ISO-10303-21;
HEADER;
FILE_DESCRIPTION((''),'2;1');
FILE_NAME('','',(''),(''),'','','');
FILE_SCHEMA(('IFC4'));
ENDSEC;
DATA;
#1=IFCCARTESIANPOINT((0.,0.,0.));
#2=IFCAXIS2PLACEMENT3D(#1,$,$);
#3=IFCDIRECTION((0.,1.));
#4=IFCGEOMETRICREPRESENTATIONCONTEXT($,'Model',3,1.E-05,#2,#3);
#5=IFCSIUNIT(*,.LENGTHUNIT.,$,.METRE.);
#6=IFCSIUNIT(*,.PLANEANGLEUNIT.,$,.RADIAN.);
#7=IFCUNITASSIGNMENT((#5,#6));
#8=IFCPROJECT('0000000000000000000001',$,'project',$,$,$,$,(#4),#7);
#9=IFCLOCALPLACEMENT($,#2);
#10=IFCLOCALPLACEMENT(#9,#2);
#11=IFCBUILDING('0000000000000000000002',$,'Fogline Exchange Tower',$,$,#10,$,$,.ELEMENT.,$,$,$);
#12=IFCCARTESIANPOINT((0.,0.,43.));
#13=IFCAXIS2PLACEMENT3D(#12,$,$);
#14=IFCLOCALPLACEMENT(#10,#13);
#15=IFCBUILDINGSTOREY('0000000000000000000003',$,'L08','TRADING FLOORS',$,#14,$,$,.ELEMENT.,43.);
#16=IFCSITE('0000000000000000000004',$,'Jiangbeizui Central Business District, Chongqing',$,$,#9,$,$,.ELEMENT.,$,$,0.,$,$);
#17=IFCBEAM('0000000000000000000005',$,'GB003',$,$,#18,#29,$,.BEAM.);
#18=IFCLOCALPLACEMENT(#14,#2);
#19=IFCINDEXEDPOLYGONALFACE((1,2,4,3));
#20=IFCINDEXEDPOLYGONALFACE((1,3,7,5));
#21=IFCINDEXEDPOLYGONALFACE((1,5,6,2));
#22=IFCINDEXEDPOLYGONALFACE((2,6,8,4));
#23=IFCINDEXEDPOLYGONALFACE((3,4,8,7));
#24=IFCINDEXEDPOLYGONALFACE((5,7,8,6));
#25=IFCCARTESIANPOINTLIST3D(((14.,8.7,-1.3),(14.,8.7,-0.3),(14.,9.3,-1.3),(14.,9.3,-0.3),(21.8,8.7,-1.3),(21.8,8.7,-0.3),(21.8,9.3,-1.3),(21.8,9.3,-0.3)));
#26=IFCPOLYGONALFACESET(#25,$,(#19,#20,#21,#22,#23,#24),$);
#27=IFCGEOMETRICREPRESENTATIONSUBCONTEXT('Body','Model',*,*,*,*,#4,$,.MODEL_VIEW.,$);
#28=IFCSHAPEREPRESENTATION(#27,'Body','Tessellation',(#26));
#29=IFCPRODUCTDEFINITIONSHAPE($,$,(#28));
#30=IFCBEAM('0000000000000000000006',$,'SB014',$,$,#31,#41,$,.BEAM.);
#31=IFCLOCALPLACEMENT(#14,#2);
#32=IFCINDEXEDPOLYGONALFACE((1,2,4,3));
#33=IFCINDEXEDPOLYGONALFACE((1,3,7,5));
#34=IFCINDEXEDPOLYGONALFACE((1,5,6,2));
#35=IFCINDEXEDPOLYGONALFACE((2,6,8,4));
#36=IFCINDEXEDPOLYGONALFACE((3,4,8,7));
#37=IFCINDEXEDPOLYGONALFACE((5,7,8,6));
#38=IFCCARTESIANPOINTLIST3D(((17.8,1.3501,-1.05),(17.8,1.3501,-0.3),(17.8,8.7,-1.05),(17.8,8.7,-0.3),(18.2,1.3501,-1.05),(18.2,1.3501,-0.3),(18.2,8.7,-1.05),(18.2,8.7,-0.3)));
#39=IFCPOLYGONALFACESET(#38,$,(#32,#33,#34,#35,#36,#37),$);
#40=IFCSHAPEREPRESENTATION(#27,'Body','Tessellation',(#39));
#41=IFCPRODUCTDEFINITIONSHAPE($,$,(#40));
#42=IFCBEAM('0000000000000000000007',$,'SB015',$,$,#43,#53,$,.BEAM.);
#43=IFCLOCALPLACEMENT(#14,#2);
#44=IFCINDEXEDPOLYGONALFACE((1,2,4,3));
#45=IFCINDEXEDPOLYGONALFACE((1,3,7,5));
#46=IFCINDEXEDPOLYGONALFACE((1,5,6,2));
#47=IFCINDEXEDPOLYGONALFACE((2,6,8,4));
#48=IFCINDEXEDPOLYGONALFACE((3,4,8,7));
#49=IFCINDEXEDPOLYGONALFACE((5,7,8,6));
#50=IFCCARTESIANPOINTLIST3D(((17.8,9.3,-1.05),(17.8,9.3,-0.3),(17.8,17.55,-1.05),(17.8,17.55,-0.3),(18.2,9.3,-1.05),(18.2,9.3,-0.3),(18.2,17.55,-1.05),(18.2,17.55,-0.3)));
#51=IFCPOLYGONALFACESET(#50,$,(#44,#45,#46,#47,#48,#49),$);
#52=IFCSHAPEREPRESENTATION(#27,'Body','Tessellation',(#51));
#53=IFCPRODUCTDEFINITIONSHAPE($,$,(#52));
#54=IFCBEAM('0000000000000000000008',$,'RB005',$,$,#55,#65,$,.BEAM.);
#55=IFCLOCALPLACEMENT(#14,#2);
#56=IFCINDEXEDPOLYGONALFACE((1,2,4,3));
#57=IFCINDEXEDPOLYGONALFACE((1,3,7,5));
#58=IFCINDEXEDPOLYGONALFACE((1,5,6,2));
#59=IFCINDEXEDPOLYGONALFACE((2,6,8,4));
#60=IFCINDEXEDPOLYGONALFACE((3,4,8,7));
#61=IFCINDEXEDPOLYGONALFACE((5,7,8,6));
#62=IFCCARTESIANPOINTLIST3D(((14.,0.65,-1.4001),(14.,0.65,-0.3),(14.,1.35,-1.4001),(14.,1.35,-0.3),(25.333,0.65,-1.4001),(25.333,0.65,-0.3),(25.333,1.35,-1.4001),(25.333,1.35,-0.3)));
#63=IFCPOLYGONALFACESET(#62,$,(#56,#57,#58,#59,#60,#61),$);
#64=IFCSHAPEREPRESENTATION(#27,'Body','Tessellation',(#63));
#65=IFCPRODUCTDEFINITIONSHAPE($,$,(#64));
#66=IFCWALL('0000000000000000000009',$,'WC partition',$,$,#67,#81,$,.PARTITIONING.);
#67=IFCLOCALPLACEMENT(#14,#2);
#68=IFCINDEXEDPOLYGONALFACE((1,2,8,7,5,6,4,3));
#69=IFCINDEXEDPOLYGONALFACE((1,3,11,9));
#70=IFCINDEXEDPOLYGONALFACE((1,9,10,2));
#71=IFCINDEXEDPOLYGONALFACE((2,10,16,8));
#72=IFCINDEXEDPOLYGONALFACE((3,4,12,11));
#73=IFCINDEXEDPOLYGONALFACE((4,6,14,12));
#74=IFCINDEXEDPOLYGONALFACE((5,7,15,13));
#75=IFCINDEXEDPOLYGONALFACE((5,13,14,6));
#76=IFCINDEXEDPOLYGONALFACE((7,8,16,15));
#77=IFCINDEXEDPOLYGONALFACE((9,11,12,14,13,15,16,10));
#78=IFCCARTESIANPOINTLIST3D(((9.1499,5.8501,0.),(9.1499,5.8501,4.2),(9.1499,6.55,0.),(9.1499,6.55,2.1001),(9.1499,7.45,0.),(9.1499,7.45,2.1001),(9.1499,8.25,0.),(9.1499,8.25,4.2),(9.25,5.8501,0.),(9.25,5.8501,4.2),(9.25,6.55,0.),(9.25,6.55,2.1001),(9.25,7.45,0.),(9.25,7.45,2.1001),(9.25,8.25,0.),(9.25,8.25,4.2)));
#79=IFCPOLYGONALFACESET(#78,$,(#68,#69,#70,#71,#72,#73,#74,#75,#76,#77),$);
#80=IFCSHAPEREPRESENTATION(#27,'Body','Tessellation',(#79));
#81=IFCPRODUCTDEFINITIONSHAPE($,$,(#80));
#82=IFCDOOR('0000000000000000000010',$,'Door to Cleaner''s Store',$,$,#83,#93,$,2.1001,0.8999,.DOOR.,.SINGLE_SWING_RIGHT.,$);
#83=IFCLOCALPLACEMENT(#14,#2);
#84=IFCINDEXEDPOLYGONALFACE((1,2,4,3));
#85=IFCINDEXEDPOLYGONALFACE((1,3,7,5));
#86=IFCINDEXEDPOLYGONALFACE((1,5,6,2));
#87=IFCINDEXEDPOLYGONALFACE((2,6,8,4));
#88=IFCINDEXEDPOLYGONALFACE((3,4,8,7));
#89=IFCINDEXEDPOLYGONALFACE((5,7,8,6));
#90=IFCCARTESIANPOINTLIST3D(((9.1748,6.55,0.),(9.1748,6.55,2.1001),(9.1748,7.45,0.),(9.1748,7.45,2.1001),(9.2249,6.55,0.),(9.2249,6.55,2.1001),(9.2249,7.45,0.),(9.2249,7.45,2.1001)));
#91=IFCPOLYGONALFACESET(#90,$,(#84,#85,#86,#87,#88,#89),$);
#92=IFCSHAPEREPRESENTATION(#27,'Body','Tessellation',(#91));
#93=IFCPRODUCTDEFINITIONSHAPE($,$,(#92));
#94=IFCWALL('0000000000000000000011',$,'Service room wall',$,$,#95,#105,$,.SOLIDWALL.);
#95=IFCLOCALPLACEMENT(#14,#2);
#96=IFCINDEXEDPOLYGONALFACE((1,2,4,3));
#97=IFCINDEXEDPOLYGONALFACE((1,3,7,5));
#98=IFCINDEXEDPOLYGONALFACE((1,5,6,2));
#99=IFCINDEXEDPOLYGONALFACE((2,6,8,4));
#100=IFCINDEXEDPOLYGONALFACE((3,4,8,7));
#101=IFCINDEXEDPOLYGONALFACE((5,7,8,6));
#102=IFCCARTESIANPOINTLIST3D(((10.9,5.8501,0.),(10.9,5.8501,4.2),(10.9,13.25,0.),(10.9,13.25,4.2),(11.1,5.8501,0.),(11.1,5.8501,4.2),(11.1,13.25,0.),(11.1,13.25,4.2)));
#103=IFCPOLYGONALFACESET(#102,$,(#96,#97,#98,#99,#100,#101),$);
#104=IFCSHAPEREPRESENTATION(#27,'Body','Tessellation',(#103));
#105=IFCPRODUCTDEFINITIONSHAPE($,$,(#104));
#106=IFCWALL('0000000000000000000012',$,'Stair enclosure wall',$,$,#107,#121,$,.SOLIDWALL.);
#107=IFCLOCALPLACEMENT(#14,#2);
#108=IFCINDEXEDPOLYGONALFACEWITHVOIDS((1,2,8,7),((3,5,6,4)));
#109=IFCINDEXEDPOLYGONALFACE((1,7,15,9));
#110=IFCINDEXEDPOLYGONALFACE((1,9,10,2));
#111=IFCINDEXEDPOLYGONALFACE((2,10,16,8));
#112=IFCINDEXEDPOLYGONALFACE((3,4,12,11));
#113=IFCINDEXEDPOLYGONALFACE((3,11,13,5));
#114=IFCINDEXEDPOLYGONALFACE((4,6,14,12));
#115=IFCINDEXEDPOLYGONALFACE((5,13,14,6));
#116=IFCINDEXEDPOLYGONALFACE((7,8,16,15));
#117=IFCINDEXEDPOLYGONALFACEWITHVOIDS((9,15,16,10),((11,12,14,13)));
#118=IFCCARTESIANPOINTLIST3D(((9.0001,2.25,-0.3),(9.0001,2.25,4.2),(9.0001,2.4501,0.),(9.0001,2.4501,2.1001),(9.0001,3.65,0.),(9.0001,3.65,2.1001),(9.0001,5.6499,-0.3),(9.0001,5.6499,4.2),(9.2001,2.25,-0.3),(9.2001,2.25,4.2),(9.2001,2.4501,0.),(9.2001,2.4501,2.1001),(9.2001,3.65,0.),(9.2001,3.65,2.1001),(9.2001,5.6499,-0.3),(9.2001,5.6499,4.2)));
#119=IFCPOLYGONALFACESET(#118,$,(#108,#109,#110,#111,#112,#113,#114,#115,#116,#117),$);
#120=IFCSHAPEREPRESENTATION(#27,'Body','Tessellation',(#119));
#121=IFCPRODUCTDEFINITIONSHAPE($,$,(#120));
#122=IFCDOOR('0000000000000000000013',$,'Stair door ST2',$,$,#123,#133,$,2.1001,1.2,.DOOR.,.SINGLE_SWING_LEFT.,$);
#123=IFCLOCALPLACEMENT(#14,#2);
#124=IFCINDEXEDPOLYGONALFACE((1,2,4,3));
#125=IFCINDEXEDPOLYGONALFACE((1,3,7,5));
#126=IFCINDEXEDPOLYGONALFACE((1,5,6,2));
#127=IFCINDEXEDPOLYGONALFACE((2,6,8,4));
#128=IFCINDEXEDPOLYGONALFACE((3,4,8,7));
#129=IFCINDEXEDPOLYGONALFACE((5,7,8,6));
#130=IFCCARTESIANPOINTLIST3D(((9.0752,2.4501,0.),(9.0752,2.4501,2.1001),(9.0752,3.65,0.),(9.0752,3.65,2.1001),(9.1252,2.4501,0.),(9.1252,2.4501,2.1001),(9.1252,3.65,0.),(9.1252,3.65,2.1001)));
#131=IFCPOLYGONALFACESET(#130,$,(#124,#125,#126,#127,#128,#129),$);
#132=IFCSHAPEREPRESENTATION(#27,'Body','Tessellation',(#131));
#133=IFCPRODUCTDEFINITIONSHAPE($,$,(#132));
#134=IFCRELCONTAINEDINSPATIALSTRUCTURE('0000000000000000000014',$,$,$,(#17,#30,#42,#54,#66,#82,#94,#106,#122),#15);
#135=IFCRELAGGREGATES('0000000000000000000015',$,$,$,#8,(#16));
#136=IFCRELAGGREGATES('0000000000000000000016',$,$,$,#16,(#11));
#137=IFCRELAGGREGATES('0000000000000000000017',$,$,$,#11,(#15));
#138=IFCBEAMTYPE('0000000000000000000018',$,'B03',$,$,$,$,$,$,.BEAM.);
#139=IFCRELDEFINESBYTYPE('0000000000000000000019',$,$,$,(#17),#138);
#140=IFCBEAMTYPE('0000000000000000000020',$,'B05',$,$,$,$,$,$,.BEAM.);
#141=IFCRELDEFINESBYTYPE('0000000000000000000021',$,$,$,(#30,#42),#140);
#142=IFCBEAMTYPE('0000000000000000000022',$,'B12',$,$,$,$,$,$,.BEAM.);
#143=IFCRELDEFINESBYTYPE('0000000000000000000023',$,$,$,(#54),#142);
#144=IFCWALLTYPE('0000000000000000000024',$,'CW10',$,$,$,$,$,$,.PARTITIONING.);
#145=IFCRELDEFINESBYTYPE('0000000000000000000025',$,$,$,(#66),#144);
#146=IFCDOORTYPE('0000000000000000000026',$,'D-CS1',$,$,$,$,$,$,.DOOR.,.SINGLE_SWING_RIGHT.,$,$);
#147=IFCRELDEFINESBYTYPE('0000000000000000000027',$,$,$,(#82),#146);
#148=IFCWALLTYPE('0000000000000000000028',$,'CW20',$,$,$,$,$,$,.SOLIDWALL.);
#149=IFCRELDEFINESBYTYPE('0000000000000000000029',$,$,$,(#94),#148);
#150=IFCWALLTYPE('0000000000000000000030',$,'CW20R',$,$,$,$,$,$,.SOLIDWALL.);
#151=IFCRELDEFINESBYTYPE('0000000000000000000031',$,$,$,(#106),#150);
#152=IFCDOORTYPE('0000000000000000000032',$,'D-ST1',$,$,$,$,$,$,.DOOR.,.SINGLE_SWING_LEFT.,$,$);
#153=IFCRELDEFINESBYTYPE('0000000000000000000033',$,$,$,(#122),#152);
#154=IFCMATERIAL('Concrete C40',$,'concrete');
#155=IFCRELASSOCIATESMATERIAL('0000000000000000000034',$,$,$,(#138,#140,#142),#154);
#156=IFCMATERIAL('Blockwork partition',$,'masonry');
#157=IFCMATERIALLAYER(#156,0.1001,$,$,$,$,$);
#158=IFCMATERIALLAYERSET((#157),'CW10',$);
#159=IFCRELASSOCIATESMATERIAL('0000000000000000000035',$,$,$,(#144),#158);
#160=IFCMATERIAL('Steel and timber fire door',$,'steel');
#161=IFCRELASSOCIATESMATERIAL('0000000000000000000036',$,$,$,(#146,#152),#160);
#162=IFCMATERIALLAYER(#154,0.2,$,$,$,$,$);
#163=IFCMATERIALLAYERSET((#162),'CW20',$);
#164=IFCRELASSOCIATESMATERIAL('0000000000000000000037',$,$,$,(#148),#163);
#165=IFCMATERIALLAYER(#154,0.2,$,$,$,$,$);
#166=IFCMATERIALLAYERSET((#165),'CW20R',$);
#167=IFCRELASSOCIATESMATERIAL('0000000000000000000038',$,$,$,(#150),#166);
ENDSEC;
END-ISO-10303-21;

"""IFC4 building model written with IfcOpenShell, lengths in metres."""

from ifc_helpers import new_model, si_unit, direction, frame, frame_2d, origin, origin_2d, place, context, subcontext, project, spatial, rectangle, extrude, material, layer, layer_set, material_profile, profile_set, type_object, element, fill, save


model = new_model("IFC4")

# Units and contexts
model_context = context("Model", 3, precision=1e-05, world=origin(), true_north=direction((0.0, 1.0)))
body_context = subcontext(model_context, "Body", "Model", "MODEL_VIEW")
ifc_project = project(units=[si_unit("LENGTHUNIT", "METRE"), si_unit("PLANEANGLEUNIT", "RADIAN")], contexts=[model_context])

# Site, building, storey
site_placement = place(None, origin())
site = spatial("IfcSite", under=ifc_project, at=site_placement, Name="Jiangbeizui Central Business District, Chongqing", CompositionType="ELEMENT", RefElevation=0.0)
building_placement = place(site_placement, origin())
building = spatial("IfcBuilding", under=site, at=building_placement, Name="Fogline Exchange Tower", CompositionType="ELEMENT")
storey_placement = place(building_placement, frame((0.0, 0.0, 43.0)))
storey = spatial("IfcBuildingStorey", under=building, at=storey_placement, Name="L08", Description="TRADING FLOORS", CompositionType="ELEMENT", Elevation=43.0)

# Beams
ifc_material_1 = material(Name="Concrete C40", Category="concrete")
ifc_material_profile_1 = material_profile(ifc_material_1, rectangle(XDim=0.6001, YDim=1.0, at=origin_2d()), Name="RC 600x1000")
ifc_profile_set_1 = profile_set([ifc_material_profile_1], Name="Concrete C40")
beam_type_1 = type_object("IfcBeamType", Name="B03", PredefinedType="BEAM", material=ifc_profile_set_1)
beam_1_placement = place(storey_placement, frame((14.0, 9.0, -0.8), z_axis=(1.0, 0.0, 0.0), x_axis=(0.0, 1.0, 0.0)))
element("IfcBeam", 1, at=beam_1_placement, inside=storey, type_object=beam_type_1, Name="GB003", PredefinedType="BEAM", context=body_context, shape_type="SweptSolid", body=[
    extrude(rectangle(XDim=0.6001, YDim=1.0, at=origin_2d()), origin(), (0.0, 0.0, 1.0), 7.8),
])
ifc_material_profile_2 = material_profile(ifc_material_1, rectangle(XDim=0.3999, YDim=0.75, at=origin_2d()), Name="RC 400x750")
ifc_profile_set_2 = profile_set([ifc_material_profile_2], Name="Concrete C40")
beam_type_2 = type_object("IfcBeamType", Name="B05", PredefinedType="BEAM", material=ifc_profile_set_2)
beam_2_placement = place(storey_placement, frame((18.0, 1.3501, -0.675), z_axis=(0.0, 1.0, 0.0), x_axis=(-1.0, 0.0, 0.0)))
element("IfcBeam", 2, at=beam_2_placement, inside=storey, type_object=beam_type_2, Name="SB014", PredefinedType="BEAM", context=body_context, shape_type="SweptSolid", body=[
    extrude(rectangle(XDim=0.3999, YDim=0.75, at=origin_2d()), origin(), (0.0, 0.0, 1.0), 7.3499),
])
beam_3_placement = place(storey_placement, frame((18.0, 9.3, -0.675), z_axis=(0.0, 1.0, 0.0), x_axis=(-1.0, 0.0, 0.0)))
element("IfcBeam", 3, at=beam_3_placement, inside=storey, type_object=beam_type_2, Name="SB015", PredefinedType="BEAM", context=body_context, shape_type="SweptSolid", body=[
    extrude(rectangle(XDim=0.3999, YDim=0.75, at=origin_2d()), origin(), (0.0, 0.0, 1.0), 8.25),
])
ifc_material_profile_3 = material_profile(ifc_material_1, rectangle(XDim=0.7, YDim=1.1001, at=origin_2d()), Name="RC 700x1100")
ifc_profile_set_3 = profile_set([ifc_material_profile_3], Name="Concrete C40")
beam_type_3 = type_object("IfcBeamType", Name="B12", PredefinedType="BEAM", material=ifc_profile_set_3)
beam_4_placement = place(storey_placement, frame((14.0, 1.0, -0.8501), z_axis=(1.0, 0.0, 0.0), x_axis=(0.0, 1.0, 0.0)))
element("IfcBeam", 4, at=beam_4_placement, inside=storey, type_object=beam_type_3, Name="RB005", PredefinedType="BEAM", context=body_context, shape_type="SweptSolid", body=[
    extrude(rectangle(XDim=0.7, YDim=1.1001, at=origin_2d()), origin(), (0.0, 0.0, 1.0), 11.333),
])

# Wall, opening, door
ifc_material_2 = material(Name="Blockwork partition", Category="masonry")
ifc_layer_1 = layer(ifc_material_2, 0.1001)
ifc_layer_set_1 = layer_set([ifc_layer_1], Name="CW10")
wall_type_1 = type_object("IfcWallType", Name="CW10", PredefinedType="PARTITIONING", material=ifc_layer_set_1)
wall_1_placement = place(storey_placement, frame((9.2, 5.8501, 0.0), z_axis=(0.0, 0.0, 1.0), x_axis=(0.0, 1.0, 0.0)))
wall_1 = element("IfcWall", 5, at=wall_1_placement, inside=storey, type_object=wall_type_1, Name="WC partition", PredefinedType="PARTITIONING", context=body_context, shape_type="SweptSolid", body=[
    extrude(rectangle(XDim=2.3999, YDim=0.1001, at=frame_2d((1.2, 0.0))), origin(), (0.0, 0.0, 1.0), 4.2),
])
opening_1_placement = place(wall_1_placement, frame((0.7, 0.0, 0.0)))
opening_1 = element("IfcOpeningElement", 6, at=opening_1_placement, cuts=wall_1, PredefinedType="OPENING", context=body_context, shape_type="SweptSolid", body=[
    extrude(rectangle(XDim=0.8999, YDim=2.1001, at=frame_2d((0.45, 1.05))), frame((0.0, 0.0601, 0.0), z_axis=(0.0, -1.0, 0.0), x_axis=(1.0, 0.0, 0.0)), (0.0, 0.0, 1.0), 0.1201),
])
ifc_material_3 = material(Name="Steel and timber fire door", Category="steel")
door_type_1 = type_object("IfcDoorType", Name="D-CS1", OperationType="SINGLE_SWING_RIGHT", PredefinedType="DOOR", material=ifc_material_3)
door_1_placement = place(opening_1_placement, frame((0.8999, 0.0, 0.0), z_axis=(0.0, 0.0, 1.0), x_axis=(-1.0, 0.0, 0.0)))
door_1 = element("IfcDoor", 7, at=door_1_placement, inside=storey, type_object=door_type_1, Name="Door to Cleaner's Store", OperationType="SINGLE_SWING_RIGHT", OverallHeight=2.1001, OverallWidth=0.8999, PredefinedType="DOOR", context=body_context, shape_type="SweptSolid", body=[
    extrude(rectangle(XDim=0.8999, YDim=2.1001, at=frame_2d((0.45, 1.05))), frame((0.0, 0.0249, 0.0), z_axis=(0.0, -1.0, 0.0), x_axis=(1.0, 0.0, 0.0)), (0.0, 0.0, 1.0), 0.05),
])
fill(opening_1, door_1)

# Wall
ifc_layer_2 = layer(ifc_material_1, 0.2)
ifc_layer_set_2 = layer_set([ifc_layer_2], Name="CW20")
wall_type_2 = type_object("IfcWallType", Name="CW20", PredefinedType="SOLIDWALL", material=ifc_layer_set_2)
wall_2_placement = place(storey_placement, frame((11.0, 5.8501, 0.0), z_axis=(0.0, 0.0, 1.0), x_axis=(0.0, 1.0, 0.0)))
element("IfcWall", 8, at=wall_2_placement, inside=storey, type_object=wall_type_2, Name="Service room wall", PredefinedType="SOLIDWALL", context=body_context, shape_type="SweptSolid", body=[
    extrude(rectangle(XDim=7.3999, YDim=0.2, at=frame_2d((3.7, 0.0))), origin(), (0.0, 0.0, 1.0), 4.2),
])

# Wall, opening, door
ifc_layer_3 = layer(ifc_material_1, 0.2)
ifc_layer_set_3 = layer_set([ifc_layer_3], Name="CW20R")
wall_type_3 = type_object("IfcWallType", Name="CW20R", PredefinedType="SOLIDWALL", material=ifc_layer_set_3)
wall_3_placement = place(storey_placement, frame((9.1001, 2.25, -0.3), z_axis=(0.0, 0.0, 1.0), x_axis=(0.0, 1.0, 0.0)))
wall_3 = element("IfcWall", 9, at=wall_3_placement, inside=storey, type_object=wall_type_3, Name="Stair enclosure wall", PredefinedType="SOLIDWALL", context=body_context, shape_type="SweptSolid", body=[
    extrude(rectangle(XDim=3.3999, YDim=0.2, at=frame_2d((1.7, 0.0))), origin(), (0.0, 0.0, 1.0), 4.5),
])
opening_2_placement = place(wall_3_placement, frame((0.2, 0.0, 0.3)))
opening_2 = element("IfcOpeningElement", 10, at=opening_2_placement, cuts=wall_3, PredefinedType="OPENING", context=body_context, shape_type="SweptSolid", body=[
    extrude(rectangle(XDim=1.2, YDim=2.1001, at=frame_2d((0.6001, 1.05))), frame((0.0, 0.1099, 0.0), z_axis=(0.0, -1.0, 0.0), x_axis=(1.0, 0.0, 0.0)), (0.0, 0.0, 1.0), 0.22),
])
door_type_2 = type_object("IfcDoorType", Name="D-ST1", OperationType="SINGLE_SWING_LEFT", PredefinedType="DOOR", material=ifc_material_3)
door_2_placement = place(opening_2_placement, origin())
door_2 = element("IfcDoor", 11, at=door_2_placement, inside=storey, type_object=door_type_2, Name="Stair door ST2", OperationType="SINGLE_SWING_LEFT", OverallHeight=2.1001, OverallWidth=1.2, PredefinedType="DOOR", context=body_context, shape_type="SweptSolid", body=[
    extrude(rectangle(XDim=1.2, YDim=2.1001, at=frame_2d((0.6001, 1.05))), frame((0.0, 0.0249, 0.0), z_axis=(0.0, -1.0, 0.0), x_axis=(1.0, 0.0, 0.0)), (0.0, 0.0, 1.0), 0.05),
])
fill(opening_2, door_2)

save(model, "model.ifc")
